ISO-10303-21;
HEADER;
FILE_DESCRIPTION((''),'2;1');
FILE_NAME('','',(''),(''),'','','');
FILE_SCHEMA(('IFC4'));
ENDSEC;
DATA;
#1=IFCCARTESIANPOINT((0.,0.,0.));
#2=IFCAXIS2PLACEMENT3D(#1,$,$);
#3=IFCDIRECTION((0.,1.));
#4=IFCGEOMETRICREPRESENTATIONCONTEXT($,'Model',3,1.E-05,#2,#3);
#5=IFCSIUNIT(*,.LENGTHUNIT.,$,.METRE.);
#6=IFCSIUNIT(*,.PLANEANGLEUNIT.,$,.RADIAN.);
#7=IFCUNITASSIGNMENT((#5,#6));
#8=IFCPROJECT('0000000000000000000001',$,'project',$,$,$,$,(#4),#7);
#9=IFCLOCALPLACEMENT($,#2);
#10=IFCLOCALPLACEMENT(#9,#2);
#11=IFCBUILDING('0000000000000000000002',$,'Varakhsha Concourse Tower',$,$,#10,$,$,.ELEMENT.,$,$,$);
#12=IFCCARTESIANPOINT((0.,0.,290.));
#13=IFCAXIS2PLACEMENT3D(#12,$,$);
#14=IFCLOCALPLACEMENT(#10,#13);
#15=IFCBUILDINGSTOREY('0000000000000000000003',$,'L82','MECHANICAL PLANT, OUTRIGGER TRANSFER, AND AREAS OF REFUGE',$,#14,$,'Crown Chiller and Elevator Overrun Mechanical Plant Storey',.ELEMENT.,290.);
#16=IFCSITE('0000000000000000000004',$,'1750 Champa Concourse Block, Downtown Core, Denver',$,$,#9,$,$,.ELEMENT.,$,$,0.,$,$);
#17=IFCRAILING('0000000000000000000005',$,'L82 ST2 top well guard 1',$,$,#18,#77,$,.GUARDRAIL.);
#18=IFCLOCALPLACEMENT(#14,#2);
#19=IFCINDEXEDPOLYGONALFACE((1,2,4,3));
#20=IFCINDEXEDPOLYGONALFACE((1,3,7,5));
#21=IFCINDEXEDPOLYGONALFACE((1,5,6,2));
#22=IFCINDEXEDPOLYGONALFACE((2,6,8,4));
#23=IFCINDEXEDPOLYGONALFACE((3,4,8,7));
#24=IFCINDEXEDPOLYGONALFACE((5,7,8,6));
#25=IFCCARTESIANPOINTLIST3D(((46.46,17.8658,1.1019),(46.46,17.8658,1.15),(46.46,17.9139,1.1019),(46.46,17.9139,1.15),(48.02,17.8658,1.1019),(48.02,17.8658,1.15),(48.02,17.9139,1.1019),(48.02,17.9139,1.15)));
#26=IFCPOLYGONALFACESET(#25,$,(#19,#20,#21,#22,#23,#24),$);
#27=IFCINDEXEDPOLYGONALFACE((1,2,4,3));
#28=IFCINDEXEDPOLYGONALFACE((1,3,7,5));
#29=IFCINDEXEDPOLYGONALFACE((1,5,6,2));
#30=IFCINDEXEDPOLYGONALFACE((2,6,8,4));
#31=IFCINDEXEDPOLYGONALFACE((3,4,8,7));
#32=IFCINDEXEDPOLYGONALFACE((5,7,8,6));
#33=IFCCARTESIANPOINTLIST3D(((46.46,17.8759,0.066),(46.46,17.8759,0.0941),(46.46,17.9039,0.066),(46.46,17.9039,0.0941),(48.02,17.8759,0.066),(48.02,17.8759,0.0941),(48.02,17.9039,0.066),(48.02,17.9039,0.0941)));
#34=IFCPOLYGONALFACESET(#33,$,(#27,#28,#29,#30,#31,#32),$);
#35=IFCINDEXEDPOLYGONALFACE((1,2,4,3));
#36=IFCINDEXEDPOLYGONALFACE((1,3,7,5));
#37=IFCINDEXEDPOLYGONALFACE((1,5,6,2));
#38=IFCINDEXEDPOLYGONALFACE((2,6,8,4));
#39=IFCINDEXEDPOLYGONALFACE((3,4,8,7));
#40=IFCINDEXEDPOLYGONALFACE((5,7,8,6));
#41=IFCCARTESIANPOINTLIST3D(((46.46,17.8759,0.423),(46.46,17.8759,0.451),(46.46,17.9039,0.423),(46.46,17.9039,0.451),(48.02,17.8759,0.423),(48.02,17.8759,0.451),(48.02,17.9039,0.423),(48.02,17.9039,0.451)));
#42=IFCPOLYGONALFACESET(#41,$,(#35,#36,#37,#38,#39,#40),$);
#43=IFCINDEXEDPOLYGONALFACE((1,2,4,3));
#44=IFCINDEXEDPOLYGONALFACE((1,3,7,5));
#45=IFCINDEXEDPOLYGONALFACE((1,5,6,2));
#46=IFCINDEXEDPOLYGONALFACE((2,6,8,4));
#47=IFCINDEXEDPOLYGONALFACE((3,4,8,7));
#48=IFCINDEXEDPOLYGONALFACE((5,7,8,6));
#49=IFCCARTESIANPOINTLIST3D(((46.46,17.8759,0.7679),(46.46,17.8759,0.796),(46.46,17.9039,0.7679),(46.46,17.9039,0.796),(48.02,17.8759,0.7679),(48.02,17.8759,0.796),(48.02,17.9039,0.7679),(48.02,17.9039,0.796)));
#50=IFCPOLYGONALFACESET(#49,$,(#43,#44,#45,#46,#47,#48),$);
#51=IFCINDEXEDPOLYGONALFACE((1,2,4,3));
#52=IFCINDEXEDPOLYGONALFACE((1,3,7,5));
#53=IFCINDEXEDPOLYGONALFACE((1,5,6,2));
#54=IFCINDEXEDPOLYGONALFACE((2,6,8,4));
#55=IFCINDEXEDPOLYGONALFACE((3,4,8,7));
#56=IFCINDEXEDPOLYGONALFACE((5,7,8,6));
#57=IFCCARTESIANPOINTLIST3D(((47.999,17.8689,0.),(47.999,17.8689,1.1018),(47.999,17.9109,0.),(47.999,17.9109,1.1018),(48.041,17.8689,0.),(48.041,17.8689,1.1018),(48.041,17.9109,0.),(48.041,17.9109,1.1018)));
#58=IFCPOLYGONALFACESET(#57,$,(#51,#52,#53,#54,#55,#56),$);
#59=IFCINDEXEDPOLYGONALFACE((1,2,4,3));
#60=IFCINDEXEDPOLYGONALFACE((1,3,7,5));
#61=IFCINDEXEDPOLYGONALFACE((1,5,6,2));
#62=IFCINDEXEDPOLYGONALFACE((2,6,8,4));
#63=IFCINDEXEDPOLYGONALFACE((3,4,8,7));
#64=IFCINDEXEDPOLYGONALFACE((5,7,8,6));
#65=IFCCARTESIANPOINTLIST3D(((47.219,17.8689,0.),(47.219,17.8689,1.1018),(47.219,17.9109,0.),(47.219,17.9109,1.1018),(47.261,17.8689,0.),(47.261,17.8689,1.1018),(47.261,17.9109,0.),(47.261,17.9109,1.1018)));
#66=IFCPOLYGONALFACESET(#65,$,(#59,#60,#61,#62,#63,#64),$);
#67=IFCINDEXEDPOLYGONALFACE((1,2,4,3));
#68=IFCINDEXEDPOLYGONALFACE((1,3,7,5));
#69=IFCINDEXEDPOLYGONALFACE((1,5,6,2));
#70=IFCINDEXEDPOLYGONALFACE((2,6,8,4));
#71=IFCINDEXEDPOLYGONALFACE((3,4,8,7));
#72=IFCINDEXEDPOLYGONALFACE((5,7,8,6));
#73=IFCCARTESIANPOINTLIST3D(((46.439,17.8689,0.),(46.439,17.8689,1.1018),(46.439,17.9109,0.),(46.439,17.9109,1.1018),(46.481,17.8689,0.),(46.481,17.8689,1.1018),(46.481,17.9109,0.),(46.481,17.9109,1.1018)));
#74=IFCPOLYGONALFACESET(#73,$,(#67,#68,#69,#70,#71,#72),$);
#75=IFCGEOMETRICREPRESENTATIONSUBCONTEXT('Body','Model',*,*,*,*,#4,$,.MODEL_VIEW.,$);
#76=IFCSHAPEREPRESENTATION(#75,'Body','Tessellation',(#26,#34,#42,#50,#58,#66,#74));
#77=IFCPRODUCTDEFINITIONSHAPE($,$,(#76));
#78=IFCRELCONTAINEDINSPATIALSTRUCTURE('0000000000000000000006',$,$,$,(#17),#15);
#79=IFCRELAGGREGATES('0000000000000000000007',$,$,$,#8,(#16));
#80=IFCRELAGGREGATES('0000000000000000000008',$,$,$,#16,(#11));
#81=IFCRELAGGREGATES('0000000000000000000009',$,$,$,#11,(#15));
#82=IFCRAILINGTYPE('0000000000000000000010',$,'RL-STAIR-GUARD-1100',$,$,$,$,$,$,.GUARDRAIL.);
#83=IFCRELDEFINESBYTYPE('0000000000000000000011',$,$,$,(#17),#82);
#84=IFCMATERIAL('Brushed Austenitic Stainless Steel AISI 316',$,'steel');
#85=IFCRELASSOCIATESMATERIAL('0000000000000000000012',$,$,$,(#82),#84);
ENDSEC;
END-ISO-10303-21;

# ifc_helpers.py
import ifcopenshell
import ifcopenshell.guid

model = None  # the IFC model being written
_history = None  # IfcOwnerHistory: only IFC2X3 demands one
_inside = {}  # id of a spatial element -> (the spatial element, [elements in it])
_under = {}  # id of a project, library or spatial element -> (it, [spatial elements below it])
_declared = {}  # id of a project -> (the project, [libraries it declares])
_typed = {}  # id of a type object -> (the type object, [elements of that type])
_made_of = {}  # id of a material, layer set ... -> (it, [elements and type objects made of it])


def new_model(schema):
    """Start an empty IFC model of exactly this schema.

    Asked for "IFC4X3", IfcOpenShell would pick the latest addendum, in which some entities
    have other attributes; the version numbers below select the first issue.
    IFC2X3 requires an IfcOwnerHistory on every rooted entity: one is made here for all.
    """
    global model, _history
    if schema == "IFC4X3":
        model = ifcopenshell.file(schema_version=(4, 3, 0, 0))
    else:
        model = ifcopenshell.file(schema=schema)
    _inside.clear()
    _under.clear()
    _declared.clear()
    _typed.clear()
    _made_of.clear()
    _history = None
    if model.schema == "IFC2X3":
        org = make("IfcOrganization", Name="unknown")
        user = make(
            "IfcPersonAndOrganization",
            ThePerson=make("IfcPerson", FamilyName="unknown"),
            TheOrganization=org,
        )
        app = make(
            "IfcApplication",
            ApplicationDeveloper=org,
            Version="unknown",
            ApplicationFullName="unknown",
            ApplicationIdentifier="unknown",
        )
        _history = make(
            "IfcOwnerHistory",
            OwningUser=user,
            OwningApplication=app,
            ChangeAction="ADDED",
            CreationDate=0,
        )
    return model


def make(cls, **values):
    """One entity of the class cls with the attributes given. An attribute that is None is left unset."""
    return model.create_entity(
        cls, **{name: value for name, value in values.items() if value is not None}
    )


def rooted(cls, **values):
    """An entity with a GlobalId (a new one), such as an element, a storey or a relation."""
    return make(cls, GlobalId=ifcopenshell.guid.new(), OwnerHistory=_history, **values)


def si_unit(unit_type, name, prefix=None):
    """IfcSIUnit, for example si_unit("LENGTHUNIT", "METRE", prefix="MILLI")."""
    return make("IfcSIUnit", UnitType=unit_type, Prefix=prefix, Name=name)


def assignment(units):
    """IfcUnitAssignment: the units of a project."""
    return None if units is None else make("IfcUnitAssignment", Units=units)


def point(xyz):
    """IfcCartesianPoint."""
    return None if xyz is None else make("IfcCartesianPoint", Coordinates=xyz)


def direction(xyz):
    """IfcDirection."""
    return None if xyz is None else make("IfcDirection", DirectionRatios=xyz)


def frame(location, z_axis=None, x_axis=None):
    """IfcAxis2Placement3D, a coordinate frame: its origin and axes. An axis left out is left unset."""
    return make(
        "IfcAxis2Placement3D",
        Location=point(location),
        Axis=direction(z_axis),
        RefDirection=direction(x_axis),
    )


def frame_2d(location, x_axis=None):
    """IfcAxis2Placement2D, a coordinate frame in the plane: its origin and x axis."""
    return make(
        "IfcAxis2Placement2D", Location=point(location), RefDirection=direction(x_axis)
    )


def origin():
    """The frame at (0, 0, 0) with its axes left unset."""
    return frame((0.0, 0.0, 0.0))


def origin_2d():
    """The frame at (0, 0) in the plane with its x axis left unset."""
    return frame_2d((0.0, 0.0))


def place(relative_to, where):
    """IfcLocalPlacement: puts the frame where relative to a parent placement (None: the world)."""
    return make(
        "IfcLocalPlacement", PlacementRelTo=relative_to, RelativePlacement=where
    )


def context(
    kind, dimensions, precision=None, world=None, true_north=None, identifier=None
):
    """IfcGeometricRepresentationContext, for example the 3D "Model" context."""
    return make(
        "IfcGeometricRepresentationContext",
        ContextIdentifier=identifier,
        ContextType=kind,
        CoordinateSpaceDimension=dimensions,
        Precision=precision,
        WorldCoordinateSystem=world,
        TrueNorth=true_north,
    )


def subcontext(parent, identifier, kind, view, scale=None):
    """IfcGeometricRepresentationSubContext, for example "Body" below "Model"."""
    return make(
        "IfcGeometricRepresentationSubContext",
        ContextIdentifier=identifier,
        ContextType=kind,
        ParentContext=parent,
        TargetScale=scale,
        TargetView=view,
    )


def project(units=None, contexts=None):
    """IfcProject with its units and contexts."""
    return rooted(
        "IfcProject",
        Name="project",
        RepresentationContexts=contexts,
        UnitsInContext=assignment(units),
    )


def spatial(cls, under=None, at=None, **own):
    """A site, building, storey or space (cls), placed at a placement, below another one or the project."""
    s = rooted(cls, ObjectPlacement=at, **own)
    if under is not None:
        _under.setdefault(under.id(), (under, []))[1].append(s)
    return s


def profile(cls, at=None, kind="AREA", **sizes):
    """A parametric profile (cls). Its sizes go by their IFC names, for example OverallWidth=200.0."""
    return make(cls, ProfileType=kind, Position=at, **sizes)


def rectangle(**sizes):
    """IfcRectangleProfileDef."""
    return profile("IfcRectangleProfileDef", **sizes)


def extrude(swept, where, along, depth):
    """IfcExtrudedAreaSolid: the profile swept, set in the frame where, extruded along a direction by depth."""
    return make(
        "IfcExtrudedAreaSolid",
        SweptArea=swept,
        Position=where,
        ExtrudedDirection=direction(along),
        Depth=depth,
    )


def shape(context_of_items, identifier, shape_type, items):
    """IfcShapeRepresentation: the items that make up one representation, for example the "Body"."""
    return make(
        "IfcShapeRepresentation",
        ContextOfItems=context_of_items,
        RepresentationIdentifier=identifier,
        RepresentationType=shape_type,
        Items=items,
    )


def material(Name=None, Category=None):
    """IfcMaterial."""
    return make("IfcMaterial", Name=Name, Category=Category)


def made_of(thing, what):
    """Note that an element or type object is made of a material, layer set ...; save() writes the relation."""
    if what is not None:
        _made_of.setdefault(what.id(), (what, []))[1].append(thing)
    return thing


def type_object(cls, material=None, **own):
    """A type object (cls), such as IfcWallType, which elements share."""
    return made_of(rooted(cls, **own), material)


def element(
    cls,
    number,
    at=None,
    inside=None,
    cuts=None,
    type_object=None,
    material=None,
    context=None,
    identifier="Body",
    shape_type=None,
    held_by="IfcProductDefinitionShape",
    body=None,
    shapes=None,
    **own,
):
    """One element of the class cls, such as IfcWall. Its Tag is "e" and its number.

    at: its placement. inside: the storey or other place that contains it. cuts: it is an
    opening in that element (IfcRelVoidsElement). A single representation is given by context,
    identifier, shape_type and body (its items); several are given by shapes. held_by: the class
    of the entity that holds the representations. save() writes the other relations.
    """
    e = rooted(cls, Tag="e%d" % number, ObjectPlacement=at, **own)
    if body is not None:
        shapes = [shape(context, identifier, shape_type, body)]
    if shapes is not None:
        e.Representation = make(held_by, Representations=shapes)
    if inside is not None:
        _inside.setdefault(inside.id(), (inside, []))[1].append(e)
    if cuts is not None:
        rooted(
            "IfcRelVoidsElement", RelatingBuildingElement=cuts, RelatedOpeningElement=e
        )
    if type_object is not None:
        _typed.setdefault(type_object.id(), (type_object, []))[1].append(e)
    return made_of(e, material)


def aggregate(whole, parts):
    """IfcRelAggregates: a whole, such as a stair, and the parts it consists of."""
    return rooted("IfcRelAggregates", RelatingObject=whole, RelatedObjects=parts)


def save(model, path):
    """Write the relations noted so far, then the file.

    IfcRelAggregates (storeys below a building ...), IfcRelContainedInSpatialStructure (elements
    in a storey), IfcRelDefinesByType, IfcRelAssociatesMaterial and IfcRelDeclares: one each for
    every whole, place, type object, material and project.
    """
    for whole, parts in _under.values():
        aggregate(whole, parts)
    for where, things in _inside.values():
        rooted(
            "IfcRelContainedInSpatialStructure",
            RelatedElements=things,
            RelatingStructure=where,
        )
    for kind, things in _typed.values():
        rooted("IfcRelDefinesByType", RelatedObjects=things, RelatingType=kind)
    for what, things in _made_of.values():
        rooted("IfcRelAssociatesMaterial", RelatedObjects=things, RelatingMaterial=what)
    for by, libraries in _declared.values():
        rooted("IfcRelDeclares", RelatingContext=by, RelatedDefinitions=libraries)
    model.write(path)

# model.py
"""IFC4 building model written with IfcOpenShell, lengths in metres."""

from ifc_helpers import new_model, si_unit, direction, frame, origin, origin_2d, place, context, subcontext, project, spatial, rectangle, extrude, material, type_object, element, save


model = new_model("IFC4")

# Units and contexts
model_context = context("Model", 3, precision=1e-05, world=origin(), true_north=direction((0.0, 1.0)))
body_context = subcontext(model_context, "Body", "Model", "MODEL_VIEW")
ifc_project = project(units=[si_unit("LENGTHUNIT", "METRE"), si_unit("PLANEANGLEUNIT", "RADIAN")], contexts=[model_context])

# Site, building, storey
site_placement = place(None, origin())
site = spatial("IfcSite", under=ifc_project, at=site_placement, Name="1750 Champa Concourse Block, Downtown Core, Denver", CompositionType="ELEMENT", RefElevation=0.0)
building_placement = place(site_placement, origin())
building = spatial("IfcBuilding", under=site, at=building_placement, Name="Varakhsha Concourse Tower", CompositionType="ELEMENT")
storey_placement = place(building_placement, frame((0.0, 0.0, 290.0)))
storey = spatial("IfcBuildingStorey", under=building, at=storey_placement, Name="L82", Description="MECHANICAL PLANT, OUTRIGGER TRANSFER, AND AREAS OF REFUGE", LongName="Crown Chiller and Elevator Overrun Mechanical Plant Storey", CompositionType="ELEMENT", Elevation=290.0)

# Railing
ifc_material_1 = material(Name="Brushed Austenitic Stainless Steel AISI 316", Category="steel")
railing_type = type_object("IfcRailingType", Name="RL-STAIR-GUARD-1100", PredefinedType="GUARDRAIL", material=ifc_material_1)
railing_placement = place(storey_placement, frame((48.02, 17.8899, 0.0)))
element("IfcRailing", 1, at=railing_placement, inside=storey, type_object=railing_type, Name="L82 ST2 top well guard 1", PredefinedType="GUARDRAIL", context=body_context, shape_type="SweptSolid", body=[
    extrude(rectangle(XDim=0.0481, YDim=0.0481, at=origin_2d()), frame((0.0, 0.0, 1.126), z_axis=(-1.0, 0.0, 0.0), x_axis=(0.0, -1.0, 0.0)), (0.0, 0.0, 1.0), 1.5601),
    extrude(rectangle(XDim=0.0281, YDim=0.0281, at=origin_2d()), frame((0.0, 0.0, 0.0801), z_axis=(-1.0, 0.0, 0.0), x_axis=(0.0, -1.0, 0.0)), (0.0, 0.0, 1.0), 1.5601),
    extrude(rectangle(XDim=0.0281, YDim=0.0281, at=origin_2d()), frame((0.0, 0.0, 0.437), z_axis=(-1.0, 0.0, 0.0), x_axis=(0.0, -1.0, 0.0)), (0.0, 0.0, 1.0), 1.5601),
    extrude(rectangle(XDim=0.0281, YDim=0.0281, at=origin_2d()), frame((0.0, 0.0, 0.782), z_axis=(-1.0, 0.0, 0.0), x_axis=(0.0, -1.0, 0.0)), (0.0, 0.0, 1.0), 1.5601),
    extrude(rectangle(XDim=0.042, YDim=0.042, at=origin_2d()), origin(), (0.0, 0.0, 1.0), 1.1018),
    extrude(rectangle(XDim=0.042, YDim=0.042, at=origin_2d()), frame((-0.78, 0.0, 0.0)), (0.0, 0.0, 1.0), 1.1018),
    extrude(rectangle(XDim=0.042, YDim=0.042, at=origin_2d()), frame((-1.5601, 0.0, 0.0)), (0.0, 0.0, 1.0), 1.1018),
])

save(model, "model.ifc")
